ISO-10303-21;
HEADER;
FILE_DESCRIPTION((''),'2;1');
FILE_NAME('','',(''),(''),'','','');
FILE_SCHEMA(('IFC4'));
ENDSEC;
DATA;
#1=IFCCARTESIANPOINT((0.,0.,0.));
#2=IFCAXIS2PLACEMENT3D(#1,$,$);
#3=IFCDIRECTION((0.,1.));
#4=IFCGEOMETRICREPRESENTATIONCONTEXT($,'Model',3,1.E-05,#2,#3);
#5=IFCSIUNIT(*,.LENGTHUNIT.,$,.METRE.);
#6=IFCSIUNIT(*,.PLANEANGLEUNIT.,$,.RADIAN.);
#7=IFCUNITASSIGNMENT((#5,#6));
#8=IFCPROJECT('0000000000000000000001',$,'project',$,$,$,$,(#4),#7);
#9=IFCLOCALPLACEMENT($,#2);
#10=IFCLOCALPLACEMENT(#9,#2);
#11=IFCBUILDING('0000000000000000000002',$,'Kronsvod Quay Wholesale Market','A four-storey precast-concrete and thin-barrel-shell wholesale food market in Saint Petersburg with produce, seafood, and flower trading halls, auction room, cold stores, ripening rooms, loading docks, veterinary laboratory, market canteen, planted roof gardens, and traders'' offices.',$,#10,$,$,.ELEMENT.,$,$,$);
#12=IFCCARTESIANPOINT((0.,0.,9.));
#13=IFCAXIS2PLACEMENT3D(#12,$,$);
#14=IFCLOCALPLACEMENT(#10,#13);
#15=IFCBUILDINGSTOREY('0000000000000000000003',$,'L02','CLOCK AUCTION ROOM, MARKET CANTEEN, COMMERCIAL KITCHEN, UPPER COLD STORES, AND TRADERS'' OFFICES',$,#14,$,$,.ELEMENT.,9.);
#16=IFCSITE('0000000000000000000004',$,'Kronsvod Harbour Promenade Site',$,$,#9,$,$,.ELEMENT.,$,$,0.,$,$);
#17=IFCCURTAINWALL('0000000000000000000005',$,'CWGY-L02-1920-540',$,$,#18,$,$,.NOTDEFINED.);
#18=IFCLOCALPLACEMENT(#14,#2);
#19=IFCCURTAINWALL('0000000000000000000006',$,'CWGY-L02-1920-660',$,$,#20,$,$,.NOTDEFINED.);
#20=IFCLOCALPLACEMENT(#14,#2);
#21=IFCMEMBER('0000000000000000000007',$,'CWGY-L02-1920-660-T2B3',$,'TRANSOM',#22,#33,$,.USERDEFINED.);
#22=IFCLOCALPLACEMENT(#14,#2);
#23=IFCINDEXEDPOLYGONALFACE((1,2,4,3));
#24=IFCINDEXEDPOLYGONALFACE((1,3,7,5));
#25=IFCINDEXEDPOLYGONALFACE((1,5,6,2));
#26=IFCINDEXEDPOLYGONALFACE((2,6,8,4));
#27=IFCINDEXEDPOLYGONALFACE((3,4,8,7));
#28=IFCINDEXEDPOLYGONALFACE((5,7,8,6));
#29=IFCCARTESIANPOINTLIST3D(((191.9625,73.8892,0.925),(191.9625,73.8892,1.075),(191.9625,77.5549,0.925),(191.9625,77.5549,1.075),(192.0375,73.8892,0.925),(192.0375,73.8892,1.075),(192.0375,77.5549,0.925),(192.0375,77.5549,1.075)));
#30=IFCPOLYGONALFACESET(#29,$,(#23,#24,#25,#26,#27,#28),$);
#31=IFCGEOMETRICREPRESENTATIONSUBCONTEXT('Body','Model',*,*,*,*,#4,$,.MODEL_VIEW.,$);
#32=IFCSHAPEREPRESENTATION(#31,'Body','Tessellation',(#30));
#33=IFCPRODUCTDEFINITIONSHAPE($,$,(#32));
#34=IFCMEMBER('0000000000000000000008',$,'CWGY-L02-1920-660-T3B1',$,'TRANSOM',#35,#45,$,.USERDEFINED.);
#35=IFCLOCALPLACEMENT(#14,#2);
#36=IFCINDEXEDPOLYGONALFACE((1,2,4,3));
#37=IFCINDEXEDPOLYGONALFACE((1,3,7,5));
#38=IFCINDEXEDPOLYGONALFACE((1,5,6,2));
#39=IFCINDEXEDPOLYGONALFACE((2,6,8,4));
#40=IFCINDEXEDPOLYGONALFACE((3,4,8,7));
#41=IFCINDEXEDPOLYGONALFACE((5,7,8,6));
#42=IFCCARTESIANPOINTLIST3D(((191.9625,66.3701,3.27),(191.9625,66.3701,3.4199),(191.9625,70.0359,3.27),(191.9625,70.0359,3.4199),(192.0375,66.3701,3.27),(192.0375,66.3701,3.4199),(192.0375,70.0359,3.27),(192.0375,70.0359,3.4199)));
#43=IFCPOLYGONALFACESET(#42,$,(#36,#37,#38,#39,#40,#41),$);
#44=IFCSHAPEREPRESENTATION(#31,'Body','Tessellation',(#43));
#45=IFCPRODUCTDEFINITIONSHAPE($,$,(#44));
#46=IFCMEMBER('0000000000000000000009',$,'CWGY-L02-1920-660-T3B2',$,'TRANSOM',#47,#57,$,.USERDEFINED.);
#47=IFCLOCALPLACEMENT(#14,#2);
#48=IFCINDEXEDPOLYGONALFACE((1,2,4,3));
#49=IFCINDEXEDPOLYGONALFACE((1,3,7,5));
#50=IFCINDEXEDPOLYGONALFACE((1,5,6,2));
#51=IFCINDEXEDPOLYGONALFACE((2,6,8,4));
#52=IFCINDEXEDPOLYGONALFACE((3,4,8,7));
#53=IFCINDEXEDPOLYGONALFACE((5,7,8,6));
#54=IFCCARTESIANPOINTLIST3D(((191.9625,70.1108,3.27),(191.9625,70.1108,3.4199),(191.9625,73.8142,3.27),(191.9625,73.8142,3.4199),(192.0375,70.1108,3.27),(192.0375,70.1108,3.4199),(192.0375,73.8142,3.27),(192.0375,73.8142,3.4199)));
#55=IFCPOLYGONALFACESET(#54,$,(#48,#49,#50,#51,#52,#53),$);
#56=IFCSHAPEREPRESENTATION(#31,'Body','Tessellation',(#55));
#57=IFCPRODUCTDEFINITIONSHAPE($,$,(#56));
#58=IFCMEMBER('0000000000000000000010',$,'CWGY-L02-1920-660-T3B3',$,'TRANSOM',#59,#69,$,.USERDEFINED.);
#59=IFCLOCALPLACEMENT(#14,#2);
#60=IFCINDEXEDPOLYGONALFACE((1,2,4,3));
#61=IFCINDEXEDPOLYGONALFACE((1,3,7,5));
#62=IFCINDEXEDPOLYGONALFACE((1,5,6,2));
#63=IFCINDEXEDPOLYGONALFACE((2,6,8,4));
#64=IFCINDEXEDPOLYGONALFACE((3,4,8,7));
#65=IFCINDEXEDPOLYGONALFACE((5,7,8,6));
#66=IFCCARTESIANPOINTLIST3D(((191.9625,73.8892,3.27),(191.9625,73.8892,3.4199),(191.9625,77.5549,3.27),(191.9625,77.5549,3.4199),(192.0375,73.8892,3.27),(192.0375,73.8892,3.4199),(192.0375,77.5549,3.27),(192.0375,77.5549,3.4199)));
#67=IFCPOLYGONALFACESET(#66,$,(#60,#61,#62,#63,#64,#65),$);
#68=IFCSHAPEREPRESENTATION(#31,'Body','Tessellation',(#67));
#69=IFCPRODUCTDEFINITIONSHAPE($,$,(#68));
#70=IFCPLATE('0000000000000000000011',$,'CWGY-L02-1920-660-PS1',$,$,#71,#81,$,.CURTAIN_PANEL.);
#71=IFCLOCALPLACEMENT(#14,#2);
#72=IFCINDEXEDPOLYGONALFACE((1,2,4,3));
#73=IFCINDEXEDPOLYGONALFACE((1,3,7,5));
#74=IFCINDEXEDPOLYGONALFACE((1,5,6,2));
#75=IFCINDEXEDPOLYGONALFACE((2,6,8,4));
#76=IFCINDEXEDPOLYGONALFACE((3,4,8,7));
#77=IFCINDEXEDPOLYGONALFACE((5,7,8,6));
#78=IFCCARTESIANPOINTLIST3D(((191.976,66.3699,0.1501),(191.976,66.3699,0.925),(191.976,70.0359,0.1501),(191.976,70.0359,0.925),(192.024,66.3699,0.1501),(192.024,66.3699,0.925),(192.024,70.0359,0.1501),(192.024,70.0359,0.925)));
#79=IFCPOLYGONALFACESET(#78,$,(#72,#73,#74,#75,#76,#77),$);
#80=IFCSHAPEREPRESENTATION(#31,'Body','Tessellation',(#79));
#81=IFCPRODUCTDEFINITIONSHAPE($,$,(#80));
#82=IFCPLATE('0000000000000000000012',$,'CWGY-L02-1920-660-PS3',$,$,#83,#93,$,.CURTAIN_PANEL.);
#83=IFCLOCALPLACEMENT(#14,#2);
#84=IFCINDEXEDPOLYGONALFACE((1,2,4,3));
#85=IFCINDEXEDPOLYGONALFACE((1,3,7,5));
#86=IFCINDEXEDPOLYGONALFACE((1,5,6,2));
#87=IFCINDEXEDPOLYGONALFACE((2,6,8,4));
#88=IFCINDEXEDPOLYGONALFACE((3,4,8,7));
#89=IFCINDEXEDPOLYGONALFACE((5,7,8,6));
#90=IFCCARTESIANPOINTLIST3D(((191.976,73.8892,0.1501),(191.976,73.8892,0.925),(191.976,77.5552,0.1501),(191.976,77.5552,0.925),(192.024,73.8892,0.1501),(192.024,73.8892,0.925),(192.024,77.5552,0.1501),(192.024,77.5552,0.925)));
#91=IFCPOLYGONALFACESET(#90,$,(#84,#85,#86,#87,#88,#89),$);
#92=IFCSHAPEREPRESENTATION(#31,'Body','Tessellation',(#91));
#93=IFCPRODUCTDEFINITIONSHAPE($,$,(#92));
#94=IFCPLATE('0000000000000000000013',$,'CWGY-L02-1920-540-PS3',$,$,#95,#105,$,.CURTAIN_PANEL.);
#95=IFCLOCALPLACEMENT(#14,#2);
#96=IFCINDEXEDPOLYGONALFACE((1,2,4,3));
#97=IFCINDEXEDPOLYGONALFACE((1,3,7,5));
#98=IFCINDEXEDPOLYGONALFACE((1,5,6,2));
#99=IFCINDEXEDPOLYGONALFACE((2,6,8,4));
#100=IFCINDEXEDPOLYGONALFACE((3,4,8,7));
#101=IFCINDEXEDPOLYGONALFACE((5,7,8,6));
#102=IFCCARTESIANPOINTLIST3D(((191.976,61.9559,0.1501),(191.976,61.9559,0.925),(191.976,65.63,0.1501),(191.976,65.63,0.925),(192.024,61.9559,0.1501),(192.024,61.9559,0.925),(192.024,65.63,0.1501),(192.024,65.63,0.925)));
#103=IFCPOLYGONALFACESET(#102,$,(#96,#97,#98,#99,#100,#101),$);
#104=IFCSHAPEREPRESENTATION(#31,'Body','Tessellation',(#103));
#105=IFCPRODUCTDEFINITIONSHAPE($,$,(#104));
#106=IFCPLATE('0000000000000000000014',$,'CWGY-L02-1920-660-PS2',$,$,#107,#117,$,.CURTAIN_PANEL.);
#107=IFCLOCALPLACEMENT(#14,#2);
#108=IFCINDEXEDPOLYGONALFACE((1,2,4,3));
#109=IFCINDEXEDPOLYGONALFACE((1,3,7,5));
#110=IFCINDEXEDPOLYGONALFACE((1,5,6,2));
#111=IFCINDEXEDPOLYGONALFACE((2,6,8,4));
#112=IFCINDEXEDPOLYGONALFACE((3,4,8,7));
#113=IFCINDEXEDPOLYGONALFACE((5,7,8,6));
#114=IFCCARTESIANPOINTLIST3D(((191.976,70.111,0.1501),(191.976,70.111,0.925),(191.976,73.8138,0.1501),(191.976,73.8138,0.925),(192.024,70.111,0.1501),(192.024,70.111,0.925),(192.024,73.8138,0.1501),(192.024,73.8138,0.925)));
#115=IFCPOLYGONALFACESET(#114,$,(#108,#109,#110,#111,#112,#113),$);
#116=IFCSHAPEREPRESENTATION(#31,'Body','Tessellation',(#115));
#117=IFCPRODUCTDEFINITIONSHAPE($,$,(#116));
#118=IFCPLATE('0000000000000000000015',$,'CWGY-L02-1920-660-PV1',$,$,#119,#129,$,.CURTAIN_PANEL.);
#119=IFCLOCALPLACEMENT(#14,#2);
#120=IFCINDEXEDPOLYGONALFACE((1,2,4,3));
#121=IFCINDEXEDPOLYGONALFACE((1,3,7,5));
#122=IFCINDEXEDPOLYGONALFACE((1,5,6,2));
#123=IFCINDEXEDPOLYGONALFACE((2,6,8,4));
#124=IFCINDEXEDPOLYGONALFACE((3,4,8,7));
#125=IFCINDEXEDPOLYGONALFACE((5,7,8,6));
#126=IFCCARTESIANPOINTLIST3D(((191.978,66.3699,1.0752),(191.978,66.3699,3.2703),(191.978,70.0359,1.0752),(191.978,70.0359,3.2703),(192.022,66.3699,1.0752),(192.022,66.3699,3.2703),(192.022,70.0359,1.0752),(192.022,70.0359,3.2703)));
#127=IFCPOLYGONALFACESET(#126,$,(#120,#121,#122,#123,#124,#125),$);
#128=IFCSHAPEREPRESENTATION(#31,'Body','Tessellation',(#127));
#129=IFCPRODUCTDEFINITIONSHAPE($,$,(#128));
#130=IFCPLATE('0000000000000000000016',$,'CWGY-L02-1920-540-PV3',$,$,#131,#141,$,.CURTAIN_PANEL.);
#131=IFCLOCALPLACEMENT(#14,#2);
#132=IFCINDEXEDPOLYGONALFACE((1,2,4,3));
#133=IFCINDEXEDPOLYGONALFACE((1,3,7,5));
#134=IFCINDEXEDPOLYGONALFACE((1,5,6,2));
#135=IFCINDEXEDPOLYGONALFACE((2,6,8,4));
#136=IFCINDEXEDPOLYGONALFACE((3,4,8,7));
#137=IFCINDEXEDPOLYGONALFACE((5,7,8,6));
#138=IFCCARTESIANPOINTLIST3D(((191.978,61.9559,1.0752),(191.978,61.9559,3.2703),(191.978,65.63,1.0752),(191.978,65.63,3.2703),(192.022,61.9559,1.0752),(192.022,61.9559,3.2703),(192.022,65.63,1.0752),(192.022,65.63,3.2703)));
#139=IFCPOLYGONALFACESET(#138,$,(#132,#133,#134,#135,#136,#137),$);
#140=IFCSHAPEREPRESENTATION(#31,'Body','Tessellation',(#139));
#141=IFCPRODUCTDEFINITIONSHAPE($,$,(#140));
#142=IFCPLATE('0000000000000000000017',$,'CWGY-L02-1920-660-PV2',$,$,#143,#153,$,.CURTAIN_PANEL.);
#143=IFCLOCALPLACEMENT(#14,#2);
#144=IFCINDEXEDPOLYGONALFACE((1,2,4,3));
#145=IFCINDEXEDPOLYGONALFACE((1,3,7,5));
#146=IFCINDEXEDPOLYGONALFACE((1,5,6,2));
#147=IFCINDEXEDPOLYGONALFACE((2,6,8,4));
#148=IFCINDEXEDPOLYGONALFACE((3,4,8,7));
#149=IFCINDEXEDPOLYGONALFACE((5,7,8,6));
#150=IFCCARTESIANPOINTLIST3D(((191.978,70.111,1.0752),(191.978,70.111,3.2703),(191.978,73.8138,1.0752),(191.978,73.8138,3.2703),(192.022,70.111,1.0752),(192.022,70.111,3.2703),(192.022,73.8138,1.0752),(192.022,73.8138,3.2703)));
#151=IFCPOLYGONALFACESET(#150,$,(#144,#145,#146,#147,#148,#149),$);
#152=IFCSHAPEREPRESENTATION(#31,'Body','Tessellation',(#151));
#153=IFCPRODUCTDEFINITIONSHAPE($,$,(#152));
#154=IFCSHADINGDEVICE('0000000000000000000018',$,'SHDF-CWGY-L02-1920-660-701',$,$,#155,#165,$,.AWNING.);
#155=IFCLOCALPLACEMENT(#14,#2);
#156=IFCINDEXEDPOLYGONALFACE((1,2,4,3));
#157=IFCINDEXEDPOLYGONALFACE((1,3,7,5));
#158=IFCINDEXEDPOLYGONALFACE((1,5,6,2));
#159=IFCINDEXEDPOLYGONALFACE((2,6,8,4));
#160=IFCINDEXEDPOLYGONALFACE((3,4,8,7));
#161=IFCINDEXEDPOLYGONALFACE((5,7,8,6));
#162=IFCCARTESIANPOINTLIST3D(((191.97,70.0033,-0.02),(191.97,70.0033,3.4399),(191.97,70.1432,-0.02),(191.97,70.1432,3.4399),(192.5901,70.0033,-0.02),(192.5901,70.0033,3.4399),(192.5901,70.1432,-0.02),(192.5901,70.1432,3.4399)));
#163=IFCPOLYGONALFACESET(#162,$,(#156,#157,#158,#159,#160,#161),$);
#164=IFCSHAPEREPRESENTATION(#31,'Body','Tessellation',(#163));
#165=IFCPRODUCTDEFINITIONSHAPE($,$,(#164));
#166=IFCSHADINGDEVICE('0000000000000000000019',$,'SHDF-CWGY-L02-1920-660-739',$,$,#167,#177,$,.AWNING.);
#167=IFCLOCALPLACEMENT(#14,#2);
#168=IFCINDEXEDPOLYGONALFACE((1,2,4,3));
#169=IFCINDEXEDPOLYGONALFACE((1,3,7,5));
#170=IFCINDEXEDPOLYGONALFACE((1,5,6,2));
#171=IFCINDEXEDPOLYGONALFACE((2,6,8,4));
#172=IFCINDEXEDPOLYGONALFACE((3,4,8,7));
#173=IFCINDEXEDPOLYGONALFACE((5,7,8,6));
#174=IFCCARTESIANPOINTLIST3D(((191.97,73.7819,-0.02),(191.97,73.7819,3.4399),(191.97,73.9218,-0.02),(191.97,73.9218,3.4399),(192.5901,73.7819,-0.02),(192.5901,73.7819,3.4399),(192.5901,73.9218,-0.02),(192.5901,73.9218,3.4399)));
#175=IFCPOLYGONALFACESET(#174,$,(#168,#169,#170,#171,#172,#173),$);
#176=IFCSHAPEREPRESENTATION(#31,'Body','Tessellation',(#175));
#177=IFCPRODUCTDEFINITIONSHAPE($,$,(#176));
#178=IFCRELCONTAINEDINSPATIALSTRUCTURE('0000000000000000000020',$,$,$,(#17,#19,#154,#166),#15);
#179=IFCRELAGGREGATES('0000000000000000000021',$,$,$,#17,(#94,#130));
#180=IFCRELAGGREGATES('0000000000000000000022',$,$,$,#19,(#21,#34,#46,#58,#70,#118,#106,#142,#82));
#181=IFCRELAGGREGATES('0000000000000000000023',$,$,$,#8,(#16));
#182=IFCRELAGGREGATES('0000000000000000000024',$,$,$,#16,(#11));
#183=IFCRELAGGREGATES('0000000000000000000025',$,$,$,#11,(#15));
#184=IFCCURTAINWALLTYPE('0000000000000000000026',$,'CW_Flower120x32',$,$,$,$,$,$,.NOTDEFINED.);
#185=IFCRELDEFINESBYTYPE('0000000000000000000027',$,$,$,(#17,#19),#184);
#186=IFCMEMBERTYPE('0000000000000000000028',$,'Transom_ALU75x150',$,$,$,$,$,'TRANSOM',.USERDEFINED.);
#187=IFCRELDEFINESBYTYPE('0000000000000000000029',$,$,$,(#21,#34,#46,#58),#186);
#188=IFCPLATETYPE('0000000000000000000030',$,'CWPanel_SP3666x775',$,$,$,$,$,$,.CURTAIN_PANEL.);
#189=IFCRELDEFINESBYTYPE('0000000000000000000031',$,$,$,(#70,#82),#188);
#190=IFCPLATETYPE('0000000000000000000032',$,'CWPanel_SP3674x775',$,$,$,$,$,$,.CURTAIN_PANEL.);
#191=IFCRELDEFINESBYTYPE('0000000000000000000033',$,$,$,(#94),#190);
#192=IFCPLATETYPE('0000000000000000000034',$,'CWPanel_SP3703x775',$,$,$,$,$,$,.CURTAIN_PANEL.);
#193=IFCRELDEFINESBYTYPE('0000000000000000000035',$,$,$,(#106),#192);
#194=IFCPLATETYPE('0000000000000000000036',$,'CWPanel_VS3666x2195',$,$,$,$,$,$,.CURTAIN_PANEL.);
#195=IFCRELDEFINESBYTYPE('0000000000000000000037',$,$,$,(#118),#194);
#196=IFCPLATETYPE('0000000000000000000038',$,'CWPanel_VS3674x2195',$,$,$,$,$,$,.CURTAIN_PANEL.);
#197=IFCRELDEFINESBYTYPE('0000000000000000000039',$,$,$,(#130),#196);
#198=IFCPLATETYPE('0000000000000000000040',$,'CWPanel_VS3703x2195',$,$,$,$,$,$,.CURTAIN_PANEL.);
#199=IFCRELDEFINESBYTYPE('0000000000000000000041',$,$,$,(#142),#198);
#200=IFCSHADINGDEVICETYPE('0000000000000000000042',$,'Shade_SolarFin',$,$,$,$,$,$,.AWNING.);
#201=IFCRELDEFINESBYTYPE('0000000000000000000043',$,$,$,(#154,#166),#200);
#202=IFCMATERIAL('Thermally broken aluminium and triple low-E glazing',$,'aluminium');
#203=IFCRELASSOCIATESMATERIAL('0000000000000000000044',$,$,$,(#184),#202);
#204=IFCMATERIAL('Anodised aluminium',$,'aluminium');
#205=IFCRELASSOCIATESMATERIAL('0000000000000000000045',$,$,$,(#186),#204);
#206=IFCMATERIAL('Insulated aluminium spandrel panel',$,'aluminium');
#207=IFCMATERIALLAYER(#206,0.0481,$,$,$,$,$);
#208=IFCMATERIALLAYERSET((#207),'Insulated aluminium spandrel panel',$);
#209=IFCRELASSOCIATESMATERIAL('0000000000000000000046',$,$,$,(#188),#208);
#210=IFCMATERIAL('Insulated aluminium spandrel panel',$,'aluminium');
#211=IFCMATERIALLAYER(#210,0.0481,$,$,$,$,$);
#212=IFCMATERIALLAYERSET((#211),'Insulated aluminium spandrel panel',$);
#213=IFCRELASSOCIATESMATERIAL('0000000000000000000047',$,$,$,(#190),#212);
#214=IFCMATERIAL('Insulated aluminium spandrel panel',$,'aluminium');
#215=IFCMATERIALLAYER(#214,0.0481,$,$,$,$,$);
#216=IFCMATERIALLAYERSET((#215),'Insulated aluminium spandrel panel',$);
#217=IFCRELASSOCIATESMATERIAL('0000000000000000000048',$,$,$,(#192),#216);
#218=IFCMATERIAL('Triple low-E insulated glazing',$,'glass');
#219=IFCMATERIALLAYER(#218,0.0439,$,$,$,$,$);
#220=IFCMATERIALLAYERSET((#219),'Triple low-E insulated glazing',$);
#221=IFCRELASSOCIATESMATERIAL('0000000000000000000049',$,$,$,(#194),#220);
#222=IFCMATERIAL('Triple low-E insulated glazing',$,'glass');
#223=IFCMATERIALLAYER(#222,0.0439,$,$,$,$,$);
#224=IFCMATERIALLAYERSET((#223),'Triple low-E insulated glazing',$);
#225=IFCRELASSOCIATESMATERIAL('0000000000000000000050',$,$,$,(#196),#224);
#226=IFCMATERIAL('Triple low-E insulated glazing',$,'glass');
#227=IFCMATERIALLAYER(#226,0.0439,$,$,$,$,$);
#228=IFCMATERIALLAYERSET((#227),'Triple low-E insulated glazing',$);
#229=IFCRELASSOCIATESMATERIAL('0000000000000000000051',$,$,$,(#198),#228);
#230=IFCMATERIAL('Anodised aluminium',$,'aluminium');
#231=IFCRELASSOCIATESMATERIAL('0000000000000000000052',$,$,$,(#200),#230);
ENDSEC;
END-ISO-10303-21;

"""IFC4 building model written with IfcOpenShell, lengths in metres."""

from ifc_helpers import new_model, si_unit, direction, frame, origin, origin_2d, place, context, subcontext, project, spatial, rectangle, extrude, material, layer, layer_set, material_profile, profile_set, type_object, element, aggregate, save


model = new_model("IFC4")

# Units and contexts
model_context = context("Model", 3, precision=1e-05, world=origin(), true_north=direction((0.0, 1.0)))
body_context = subcontext(model_context, "Body", "Model", "MODEL_VIEW")
ifc_project = project(units=[si_unit("LENGTHUNIT", "METRE"), si_unit("PLANEANGLEUNIT", "RADIAN")], contexts=[model_context])

# Site, building, storey
site_placement = place(None, origin())
site = spatial("IfcSite", under=ifc_project, at=site_placement, Name="Kronsvod Harbour Promenade Site", CompositionType="ELEMENT", RefElevation=0.0)
building_placement = place(site_placement, origin())
building = spatial("IfcBuilding", under=site, at=building_placement, Name="Kronsvod Quay Wholesale Market", Description="A four-storey precast-concrete and thin-barrel-shell wholesale food market in Saint Petersburg with produce, seafood, and flower trading halls, auction room, cold stores, ripening rooms, loading docks, veterinary laboratory, market canteen, planted roof gardens, and traders' offices.", CompositionType="ELEMENT")
storey_placement = place(building_placement, frame((0.0, 0.0, 9.0)))
storey = spatial("IfcBuildingStorey", under=building, at=storey_placement, Name="L02", Description="CLOCK AUCTION ROOM, MARKET CANTEEN, COMMERCIAL KITCHEN, UPPER COLD STORES, AND TRADERS' OFFICES", CompositionType="ELEMENT", Elevation=9.0)

# Curtain wall
ifc_material_1 = material(Name="Thermally broken aluminium and triple low-E glazing", Category="aluminium")
curtain_wall_type = type_object("IfcCurtainWallType", Name="CW_Flower120x32", PredefinedType="NOTDEFINED", material=ifc_material_1)
curtain_wall_1_placement = place(storey_placement, origin())
curtain_wall_1 = element("IfcCurtainWall", 1, at=curtain_wall_1_placement, inside=storey, type_object=curtain_wall_type, Name="CWGY-L02-1920-540", PredefinedType="NOTDEFINED")

# Curtain wall, members, plates
curtain_wall_2_placement = place(storey_placement, origin())
curtain_wall_2 = element("IfcCurtainWall", 2, at=curtain_wall_2_placement, inside=storey, type_object=curtain_wall_type, Name="CWGY-L02-1920-660", PredefinedType="NOTDEFINED")
ifc_material_2 = material(Name="Anodised aluminium", Category="aluminium")
ifc_material_profile_1 = material_profile(ifc_material_2, rectangle(XDim=0.075, YDim=0.1499, at=origin_2d()), Name="ALUT75x150")
ifc_profile_set_1 = profile_set([ifc_material_profile_1], Name="Anodised aluminium")
member_type_1 = type_object("IfcMemberType", Name="Transom_ALU75x150", ElementType="TRANSOM", PredefinedType="USERDEFINED", material=ifc_profile_set_1)
member_1_placement = place(storey_placement, frame((192.0, 73.8892, 1.0), z_axis=(0.0, 1.0, 0.0), x_axis=(-1.0, 0.0, 0.0)))
member_1 = element("IfcMember", 3, at=member_1_placement, type_object=member_type_1, Name="CWGY-L02-1920-660-T2B3", ObjectType="TRANSOM", PredefinedType="USERDEFINED", context=body_context, shape_type="SweptSolid", body=[
    extrude(rectangle(XDim=0.075, YDim=0.1499, at=origin_2d()), origin(), (0.0, 0.0, 1.0), 3.6658),
])
member_2_placement = place(storey_placement, frame((192.0, 66.3701, 3.345), z_axis=(0.0, 1.0, 0.0), x_axis=(-1.0, 0.0, 0.0)))
member_2 = element("IfcMember", 4, at=member_2_placement, type_object=member_type_1, Name="CWGY-L02-1920-660-T3B1", ObjectType="TRANSOM", PredefinedType="USERDEFINED", context=body_context, shape_type="SweptSolid", body=[
    extrude(rectangle(XDim=0.075, YDim=0.1499, at=origin_2d()), origin(), (0.0, 0.0, 1.0), 3.6658),
])
member_3_placement = place(storey_placement, frame((192.0, 70.1108, 3.345), z_axis=(0.0, 1.0, 0.0), x_axis=(-1.0, 0.0, 0.0)))
member_3 = element("IfcMember", 5, at=member_3_placement, type_object=member_type_1, Name="CWGY-L02-1920-660-T3B2", ObjectType="TRANSOM", PredefinedType="USERDEFINED", context=body_context, shape_type="SweptSolid", body=[
    extrude(rectangle(XDim=0.075, YDim=0.1499, at=origin_2d()), origin(), (0.0, 0.0, 1.0), 3.7034),
])
member_4_placement = place(storey_placement, frame((192.0, 73.8892, 3.345), z_axis=(0.0, 1.0, 0.0), x_axis=(-1.0, 0.0, 0.0)))
member_4 = element("IfcMember", 6, at=member_4_placement, type_object=member_type_1, Name="CWGY-L02-1920-660-T3B3", ObjectType="TRANSOM", PredefinedType="USERDEFINED", context=body_context, shape_type="SweptSolid", body=[
    extrude(rectangle(XDim=0.075, YDim=0.1499, at=origin_2d()), origin(), (0.0, 0.0, 1.0), 3.6658),
])
ifc_material_3 = material(Name="Insulated aluminium spandrel panel", Category="aluminium")
ifc_layer_1 = layer(ifc_material_3, 0.0481)
ifc_layer_set_1 = layer_set([ifc_layer_1], Name="Insulated aluminium spandrel panel")
plate_type_1 = type_object("IfcPlateType", Name="CWPanel_SP3666x775", PredefinedType="CURTAIN_PANEL", material=ifc_layer_set_1)
plate_1_placement = place(storey_placement, frame((192.0, 68.2029, 0.1501), z_axis=(0.0, 0.0, 1.0), x_axis=(0.0, 1.0, 0.0)))
plate_1 = element("IfcPlate", 7, at=plate_1_placement, type_object=plate_type_1, Name="CWGY-L02-1920-660-PS1", PredefinedType="CURTAIN_PANEL", context=body_context, shape_type="SweptSolid", body=[
    extrude(rectangle(XDim=3.666, YDim=0.0481, at=origin_2d()), origin(), (0.0, 0.0, 1.0), 0.7749),
])
plate_2_placement = place(storey_placement, frame((192.0, 75.7222, 0.1501), z_axis=(0.0, 0.0, 1.0), x_axis=(0.0, 1.0, 0.0)))
plate_2 = element("IfcPlate", 8, at=plate_2_placement, type_object=plate_type_1, Name="CWGY-L02-1920-660-PS3", PredefinedType="CURTAIN_PANEL", context=body_context, shape_type="SweptSolid", body=[
    extrude(rectangle(XDim=3.666, YDim=0.0481, at=origin_2d()), origin(), (0.0, 0.0, 1.0), 0.7749),
])

# Plates
ifc_material_4 = material(Name="Insulated aluminium spandrel panel", Category="aluminium")
ifc_layer_2 = layer(ifc_material_4, 0.0481)
ifc_layer_set_2 = layer_set([ifc_layer_2], Name="Insulated aluminium spandrel panel")
plate_type_2 = type_object("IfcPlateType", Name="CWPanel_SP3674x775", PredefinedType="CURTAIN_PANEL", material=ifc_layer_set_2)
plate_3_placement = place(storey_placement, frame((192.0, 63.793, 0.1501), z_axis=(0.0, 0.0, 1.0), x_axis=(0.0, 1.0, 0.0)))
plate_3 = element("IfcPlate", 9, at=plate_3_placement, type_object=plate_type_2, Name="CWGY-L02-1920-540-PS3", PredefinedType="CURTAIN_PANEL", context=body_context, shape_type="SweptSolid", body=[
    extrude(rectangle(XDim=3.6741, YDim=0.0481, at=origin_2d()), origin(), (0.0, 0.0, 1.0), 0.7749),
])
ifc_material_5 = material(Name="Insulated aluminium spandrel panel", Category="aluminium")
ifc_layer_3 = layer(ifc_material_5, 0.0481)
ifc_layer_set_3 = layer_set([ifc_layer_3], Name="Insulated aluminium spandrel panel")
plate_type_3 = type_object("IfcPlateType", Name="CWPanel_SP3703x775", PredefinedType="CURTAIN_PANEL", material=ifc_layer_set_3)
plate_4_placement = place(storey_placement, frame((192.0, 71.9624, 0.1501), z_axis=(0.0, 0.0, 1.0), x_axis=(0.0, 1.0, 0.0)))
plate_4 = element("IfcPlate", 10, at=plate_4_placement, type_object=plate_type_3, Name="CWGY-L02-1920-660-PS2", PredefinedType="CURTAIN_PANEL", context=body_context, shape_type="SweptSolid", body=[
    extrude(rectangle(XDim=3.7029, YDim=0.0481, at=origin_2d()), origin(), (0.0, 0.0, 1.0), 0.7749),
])
ifc_material_6 = material(Name="Triple low-E insulated glazing", Category="glass")
ifc_layer_4 = layer(ifc_material_6, 0.0439)
ifc_layer_set_4 = layer_set([ifc_layer_4], Name="Triple low-E insulated glazing")
plate_type_4 = type_object("IfcPlateType", Name="CWPanel_VS3666x2195", PredefinedType="CURTAIN_PANEL", material=ifc_layer_set_4)
plate_5_placement = place(storey_placement, frame((192.0, 68.2029, 1.0752), z_axis=(0.0, 0.0, 1.0), x_axis=(0.0, 1.0, 0.0)))
plate_5 = element("IfcPlate", 11, at=plate_5_placement, type_object=plate_type_4, Name="CWGY-L02-1920-660-PV1", PredefinedType="CURTAIN_PANEL", context=body_context, shape_type="SweptSolid", body=[
    extrude(rectangle(XDim=3.666, YDim=0.0439, at=origin_2d()), origin(), (0.0, 0.0, 1.0), 2.1951),
])
ifc_material_7 = material(Name="Triple low-E insulated glazing", Category="glass")
ifc_layer_5 = layer(ifc_material_7, 0.0439)
ifc_layer_set_5 = layer_set([ifc_layer_5], Name="Triple low-E insulated glazing")
plate_type_5 = type_object("IfcPlateType", Name="CWPanel_VS3674x2195", PredefinedType="CURTAIN_PANEL", material=ifc_layer_set_5)
plate_6_placement = place(storey_placement, frame((192.0, 63.793, 1.0752), z_axis=(0.0, 0.0, 1.0), x_axis=(0.0, 1.0, 0.0)))
plate_6 = element("IfcPlate", 12, at=plate_6_placement, type_object=plate_type_5, Name="CWGY-L02-1920-540-PV3", PredefinedType="CURTAIN_PANEL", context=body_context, shape_type="SweptSolid", body=[
    extrude(rectangle(XDim=3.6741, YDim=0.0439, at=origin_2d()), origin(), (0.0, 0.0, 1.0), 2.1951),
])
aggregate(curtain_wall_1, [plate_3, plate_6])
ifc_material_8 = material(Name="Triple low-E insulated glazing", Category="glass")
ifc_layer_6 = layer(ifc_material_8, 0.0439)
ifc_layer_set_6 = layer_set([ifc_layer_6], Name="Triple low-E insulated glazing")
plate_type_6 = type_object("IfcPlateType", Name="CWPanel_VS3703x2195", PredefinedType="CURTAIN_PANEL", material=ifc_layer_set_6)
plate_7_placement = place(storey_placement, frame((192.0, 71.9624, 1.0752), z_axis=(0.0, 0.0, 1.0), x_axis=(0.0, 1.0, 0.0)))
plate_7 = element("IfcPlate", 13, at=plate_7_placement, type_object=plate_type_6, Name="CWGY-L02-1920-660-PV2", PredefinedType="CURTAIN_PANEL", context=body_context, shape_type="SweptSolid", body=[
    extrude(rectangle(XDim=3.7029, YDim=0.0439, at=origin_2d()), origin(), (0.0, 0.0, 1.0), 2.1951),
])
aggregate(curtain_wall_2, [member_1, member_2, member_3, member_4, plate_1, plate_5, plate_4, plate_7, plate_2])

# Shading devices
ifc_material_9 = material(Name="Anodised aluminium", Category="aluminium")
shading_device_type = type_object("IfcShadingDeviceType", Name="Shade_SolarFin", PredefinedType="AWNING", material=ifc_material_9)
for number, where, z_axis, x_axis, name in (
    (14, (192.28, 70.0732, -0.02), (0.0, 0.0, 1.0), (1.0, 0.0, 0.0), "SHDF-CWGY-L02-1920-660-701"),
    (15, (192.28, 73.8518, -0.02), (0.0, 0.0, 1.0), (1.0, 0.0, 0.0), "SHDF-CWGY-L02-1920-660-739"),
):
    element("IfcShadingDevice", number, at=place(storey_placement, frame(where, z_axis=z_axis, x_axis=x_axis)), inside=storey, type_object=shading_device_type, Name=name, PredefinedType="AWNING", context=body_context, shape_type="SweptSolid", body=[
        extrude(rectangle(XDim=0.6201, YDim=0.1399, at=origin_2d()), origin(), (0.0, 0.0, 1.0), 3.46),
    ])

save(model, "model.ifc")
